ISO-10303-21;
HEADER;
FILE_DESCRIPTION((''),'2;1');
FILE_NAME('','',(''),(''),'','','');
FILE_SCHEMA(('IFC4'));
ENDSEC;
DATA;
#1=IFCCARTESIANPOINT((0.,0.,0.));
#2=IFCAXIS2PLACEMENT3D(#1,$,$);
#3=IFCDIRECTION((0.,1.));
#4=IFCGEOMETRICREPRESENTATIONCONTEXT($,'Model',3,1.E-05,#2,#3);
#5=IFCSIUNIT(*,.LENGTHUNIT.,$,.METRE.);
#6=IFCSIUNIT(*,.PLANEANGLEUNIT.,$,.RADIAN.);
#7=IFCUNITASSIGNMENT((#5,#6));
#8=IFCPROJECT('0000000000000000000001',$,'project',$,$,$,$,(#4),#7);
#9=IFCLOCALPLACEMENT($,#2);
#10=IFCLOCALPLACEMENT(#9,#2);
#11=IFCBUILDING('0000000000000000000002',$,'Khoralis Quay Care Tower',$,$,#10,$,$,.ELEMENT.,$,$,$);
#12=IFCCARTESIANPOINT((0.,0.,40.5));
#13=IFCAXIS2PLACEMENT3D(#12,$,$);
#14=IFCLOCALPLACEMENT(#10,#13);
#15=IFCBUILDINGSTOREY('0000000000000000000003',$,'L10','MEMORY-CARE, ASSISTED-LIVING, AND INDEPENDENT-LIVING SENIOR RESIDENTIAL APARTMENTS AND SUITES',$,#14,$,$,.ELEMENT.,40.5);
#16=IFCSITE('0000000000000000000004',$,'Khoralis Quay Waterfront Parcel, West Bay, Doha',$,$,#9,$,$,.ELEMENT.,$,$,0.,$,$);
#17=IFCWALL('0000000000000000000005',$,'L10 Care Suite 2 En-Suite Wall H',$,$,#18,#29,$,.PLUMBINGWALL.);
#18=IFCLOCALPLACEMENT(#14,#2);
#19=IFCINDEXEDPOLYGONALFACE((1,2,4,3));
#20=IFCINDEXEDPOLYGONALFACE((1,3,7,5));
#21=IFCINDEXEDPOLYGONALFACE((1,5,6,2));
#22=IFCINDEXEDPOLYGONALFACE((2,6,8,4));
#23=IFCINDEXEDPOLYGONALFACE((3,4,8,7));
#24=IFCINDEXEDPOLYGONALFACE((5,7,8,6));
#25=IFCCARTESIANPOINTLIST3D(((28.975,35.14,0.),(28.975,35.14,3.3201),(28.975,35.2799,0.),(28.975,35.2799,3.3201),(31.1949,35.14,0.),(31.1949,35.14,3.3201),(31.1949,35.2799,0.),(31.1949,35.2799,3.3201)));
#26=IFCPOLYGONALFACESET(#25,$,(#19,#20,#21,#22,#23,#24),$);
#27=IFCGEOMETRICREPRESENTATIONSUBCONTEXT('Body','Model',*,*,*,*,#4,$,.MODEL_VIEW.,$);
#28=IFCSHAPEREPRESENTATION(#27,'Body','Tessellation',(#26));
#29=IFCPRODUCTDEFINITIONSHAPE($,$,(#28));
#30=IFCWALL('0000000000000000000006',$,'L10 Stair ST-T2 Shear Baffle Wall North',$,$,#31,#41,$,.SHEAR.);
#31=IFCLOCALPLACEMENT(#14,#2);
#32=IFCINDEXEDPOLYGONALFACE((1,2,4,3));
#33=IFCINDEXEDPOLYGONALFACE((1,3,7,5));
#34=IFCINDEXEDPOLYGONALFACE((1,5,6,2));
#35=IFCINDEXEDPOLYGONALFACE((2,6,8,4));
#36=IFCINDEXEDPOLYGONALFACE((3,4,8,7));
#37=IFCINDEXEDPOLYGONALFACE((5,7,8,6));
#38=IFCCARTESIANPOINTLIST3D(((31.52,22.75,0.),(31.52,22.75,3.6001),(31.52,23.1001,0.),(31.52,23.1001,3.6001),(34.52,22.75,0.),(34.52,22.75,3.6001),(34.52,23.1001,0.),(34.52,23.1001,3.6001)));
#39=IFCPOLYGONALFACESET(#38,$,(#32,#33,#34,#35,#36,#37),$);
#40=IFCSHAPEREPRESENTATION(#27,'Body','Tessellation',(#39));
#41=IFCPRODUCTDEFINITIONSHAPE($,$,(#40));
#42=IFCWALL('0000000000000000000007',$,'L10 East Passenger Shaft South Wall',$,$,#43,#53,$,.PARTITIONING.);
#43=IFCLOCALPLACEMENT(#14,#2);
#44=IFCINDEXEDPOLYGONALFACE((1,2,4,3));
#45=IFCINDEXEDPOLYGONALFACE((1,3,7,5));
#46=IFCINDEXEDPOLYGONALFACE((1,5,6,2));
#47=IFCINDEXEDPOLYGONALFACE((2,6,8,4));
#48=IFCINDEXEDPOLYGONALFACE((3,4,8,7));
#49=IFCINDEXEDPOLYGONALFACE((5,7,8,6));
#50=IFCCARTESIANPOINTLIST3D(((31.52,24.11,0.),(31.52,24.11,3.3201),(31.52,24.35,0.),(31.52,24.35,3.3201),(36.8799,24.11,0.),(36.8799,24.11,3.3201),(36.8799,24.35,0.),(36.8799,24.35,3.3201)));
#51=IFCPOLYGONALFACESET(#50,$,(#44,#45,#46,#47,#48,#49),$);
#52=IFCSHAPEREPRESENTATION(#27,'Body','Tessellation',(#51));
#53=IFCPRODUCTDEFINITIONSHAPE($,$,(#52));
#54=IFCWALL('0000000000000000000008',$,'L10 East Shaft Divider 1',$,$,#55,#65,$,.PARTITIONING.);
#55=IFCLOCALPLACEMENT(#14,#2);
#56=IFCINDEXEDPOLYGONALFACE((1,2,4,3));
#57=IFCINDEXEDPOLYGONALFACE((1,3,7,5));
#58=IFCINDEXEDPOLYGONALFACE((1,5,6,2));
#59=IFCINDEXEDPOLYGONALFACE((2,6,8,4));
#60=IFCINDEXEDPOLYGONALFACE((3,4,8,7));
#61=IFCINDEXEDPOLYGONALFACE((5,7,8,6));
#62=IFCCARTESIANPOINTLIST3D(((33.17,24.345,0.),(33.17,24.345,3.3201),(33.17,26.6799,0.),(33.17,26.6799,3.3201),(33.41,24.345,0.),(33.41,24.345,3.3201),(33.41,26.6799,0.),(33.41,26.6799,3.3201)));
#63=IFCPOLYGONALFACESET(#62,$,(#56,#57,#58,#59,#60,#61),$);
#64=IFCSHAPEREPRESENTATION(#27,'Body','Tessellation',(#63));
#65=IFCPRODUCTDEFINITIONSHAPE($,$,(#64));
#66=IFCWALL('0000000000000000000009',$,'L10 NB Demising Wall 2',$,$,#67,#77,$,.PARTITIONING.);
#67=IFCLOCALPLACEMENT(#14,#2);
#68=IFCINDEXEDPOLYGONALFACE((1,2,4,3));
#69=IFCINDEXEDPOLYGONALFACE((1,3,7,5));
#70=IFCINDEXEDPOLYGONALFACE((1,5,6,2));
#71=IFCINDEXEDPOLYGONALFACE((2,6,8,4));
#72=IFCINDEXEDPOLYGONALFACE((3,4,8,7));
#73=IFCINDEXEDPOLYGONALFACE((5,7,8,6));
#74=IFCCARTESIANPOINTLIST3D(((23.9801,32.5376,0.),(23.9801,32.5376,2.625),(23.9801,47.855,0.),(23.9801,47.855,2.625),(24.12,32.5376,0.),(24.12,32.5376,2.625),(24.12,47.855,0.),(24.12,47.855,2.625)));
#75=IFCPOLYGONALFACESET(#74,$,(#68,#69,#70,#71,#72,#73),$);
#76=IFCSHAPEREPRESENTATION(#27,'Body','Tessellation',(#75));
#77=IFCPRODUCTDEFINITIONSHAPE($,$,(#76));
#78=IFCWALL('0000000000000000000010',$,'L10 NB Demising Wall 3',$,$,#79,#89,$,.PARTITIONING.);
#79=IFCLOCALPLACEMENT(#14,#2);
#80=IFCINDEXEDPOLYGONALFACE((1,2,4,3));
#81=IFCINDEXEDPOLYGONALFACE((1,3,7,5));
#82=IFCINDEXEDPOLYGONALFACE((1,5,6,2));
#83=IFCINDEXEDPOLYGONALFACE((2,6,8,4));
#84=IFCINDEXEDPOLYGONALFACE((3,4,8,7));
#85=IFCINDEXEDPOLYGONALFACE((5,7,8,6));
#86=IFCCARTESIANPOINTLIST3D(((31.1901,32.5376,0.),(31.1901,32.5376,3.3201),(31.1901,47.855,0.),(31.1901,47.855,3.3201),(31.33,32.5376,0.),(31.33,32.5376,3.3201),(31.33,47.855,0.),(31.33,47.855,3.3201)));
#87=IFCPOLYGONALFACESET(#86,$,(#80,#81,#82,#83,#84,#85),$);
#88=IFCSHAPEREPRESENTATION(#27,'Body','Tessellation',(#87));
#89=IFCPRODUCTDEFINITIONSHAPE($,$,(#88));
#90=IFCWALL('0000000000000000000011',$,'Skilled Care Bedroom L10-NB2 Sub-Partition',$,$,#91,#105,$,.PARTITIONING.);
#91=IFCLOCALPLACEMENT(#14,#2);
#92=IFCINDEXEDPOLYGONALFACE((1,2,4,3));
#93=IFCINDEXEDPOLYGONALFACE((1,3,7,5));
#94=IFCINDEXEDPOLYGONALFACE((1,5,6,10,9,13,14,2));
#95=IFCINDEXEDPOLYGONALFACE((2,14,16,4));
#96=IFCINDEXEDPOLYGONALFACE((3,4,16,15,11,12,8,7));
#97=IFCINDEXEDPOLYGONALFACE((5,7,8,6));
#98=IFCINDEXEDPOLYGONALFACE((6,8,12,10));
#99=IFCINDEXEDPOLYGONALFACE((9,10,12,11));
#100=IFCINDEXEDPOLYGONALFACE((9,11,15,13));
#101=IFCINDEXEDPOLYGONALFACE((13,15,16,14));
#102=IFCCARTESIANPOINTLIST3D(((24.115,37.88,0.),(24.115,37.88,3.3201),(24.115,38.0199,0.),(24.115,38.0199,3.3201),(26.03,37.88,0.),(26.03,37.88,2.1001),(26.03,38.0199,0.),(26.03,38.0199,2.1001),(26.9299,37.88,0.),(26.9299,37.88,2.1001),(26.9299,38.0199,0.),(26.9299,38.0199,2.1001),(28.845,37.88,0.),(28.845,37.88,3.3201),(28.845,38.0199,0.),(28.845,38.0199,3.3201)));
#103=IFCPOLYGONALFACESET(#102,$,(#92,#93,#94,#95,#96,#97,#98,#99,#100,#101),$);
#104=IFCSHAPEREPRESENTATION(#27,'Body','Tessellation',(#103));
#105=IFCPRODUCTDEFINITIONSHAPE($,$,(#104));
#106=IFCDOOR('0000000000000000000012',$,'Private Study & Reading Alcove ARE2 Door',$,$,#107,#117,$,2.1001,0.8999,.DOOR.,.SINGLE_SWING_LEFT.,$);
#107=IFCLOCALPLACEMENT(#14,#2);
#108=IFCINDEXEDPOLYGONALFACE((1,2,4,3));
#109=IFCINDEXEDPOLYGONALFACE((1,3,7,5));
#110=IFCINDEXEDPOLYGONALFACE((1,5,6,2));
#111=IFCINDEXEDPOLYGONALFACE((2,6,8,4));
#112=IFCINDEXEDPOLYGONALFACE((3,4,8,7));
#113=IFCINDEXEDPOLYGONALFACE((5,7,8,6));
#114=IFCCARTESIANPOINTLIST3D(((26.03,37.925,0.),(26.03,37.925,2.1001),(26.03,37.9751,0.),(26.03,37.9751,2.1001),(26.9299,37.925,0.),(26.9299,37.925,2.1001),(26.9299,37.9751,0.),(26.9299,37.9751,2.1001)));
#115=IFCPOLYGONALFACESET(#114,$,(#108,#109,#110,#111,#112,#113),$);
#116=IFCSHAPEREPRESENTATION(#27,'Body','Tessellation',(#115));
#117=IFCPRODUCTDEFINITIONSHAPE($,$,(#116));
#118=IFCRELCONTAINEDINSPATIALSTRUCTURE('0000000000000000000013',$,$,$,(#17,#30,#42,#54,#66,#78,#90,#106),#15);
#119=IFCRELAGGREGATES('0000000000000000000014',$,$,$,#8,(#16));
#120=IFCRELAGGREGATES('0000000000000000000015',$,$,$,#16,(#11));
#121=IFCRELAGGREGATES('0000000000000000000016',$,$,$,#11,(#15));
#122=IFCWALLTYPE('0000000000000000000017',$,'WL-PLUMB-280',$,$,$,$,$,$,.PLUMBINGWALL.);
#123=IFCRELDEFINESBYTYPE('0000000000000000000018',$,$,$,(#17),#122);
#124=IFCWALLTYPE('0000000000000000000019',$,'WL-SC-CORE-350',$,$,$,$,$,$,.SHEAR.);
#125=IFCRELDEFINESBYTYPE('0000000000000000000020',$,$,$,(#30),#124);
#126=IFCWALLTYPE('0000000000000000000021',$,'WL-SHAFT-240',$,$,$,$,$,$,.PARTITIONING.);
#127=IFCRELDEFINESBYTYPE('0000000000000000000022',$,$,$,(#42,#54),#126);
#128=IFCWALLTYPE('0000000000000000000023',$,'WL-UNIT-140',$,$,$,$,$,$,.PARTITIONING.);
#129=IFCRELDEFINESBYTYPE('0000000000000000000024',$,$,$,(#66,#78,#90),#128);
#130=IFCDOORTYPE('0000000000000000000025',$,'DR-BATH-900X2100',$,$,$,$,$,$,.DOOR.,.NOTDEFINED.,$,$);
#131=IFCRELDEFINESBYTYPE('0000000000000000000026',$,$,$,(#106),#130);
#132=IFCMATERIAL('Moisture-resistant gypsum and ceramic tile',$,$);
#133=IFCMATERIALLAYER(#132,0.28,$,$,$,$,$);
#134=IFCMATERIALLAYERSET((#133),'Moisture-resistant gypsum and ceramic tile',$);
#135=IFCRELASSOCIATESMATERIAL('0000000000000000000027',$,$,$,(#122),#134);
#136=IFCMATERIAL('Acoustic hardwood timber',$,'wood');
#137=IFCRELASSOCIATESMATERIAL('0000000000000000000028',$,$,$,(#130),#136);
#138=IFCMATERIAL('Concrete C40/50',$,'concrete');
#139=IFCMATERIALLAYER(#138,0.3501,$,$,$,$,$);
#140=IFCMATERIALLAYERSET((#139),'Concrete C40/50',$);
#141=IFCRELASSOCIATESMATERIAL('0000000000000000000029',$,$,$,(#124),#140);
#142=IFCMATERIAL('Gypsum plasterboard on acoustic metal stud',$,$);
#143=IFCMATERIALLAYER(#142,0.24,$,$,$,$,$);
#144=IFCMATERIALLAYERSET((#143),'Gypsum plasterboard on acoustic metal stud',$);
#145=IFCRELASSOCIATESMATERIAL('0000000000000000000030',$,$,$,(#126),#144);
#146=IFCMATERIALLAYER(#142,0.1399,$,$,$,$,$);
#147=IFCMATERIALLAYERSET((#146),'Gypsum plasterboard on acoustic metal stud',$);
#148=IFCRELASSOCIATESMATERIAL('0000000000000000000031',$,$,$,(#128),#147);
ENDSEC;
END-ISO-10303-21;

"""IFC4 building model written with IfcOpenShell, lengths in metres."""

from ifc_helpers import new_model, si_unit, direction, frame, frame_2d, origin, place, context, subcontext, project, spatial, rectangle, extrude, source, transform, mapped, material, layer, layer_set, type_object, element, fill, save


model = new_model("IFC4")

# Units and contexts
model_context = context("Model", 3, precision=1e-05, world=origin(), true_north=direction((0.0, 1.0)))
body_context = subcontext(model_context, "Body", "Model", "MODEL_VIEW")
ifc_project = project(units=[si_unit("LENGTHUNIT", "METRE"), si_unit("PLANEANGLEUNIT", "RADIAN")], contexts=[model_context])

# Site, building, storey
site_placement = place(None, origin())
site = spatial("IfcSite", under=ifc_project, at=site_placement, Name="Khoralis Quay Waterfront Parcel, West Bay, Doha", CompositionType="ELEMENT", RefElevation=0.0)
building_placement = place(site_placement, origin())
building = spatial("IfcBuilding", under=site, at=building_placement, Name="Khoralis Quay Care Tower", CompositionType="ELEMENT")
storey_placement = place(building_placement, frame((0.0, 0.0, 40.5)))
storey = spatial("IfcBuildingStorey", under=building, at=storey_placement, Name="L10", Description="MEMORY-CARE, ASSISTED-LIVING, AND INDEPENDENT-LIVING SENIOR RESIDENTIAL APARTMENTS AND SUITES", CompositionType="ELEMENT", Elevation=40.5)

# Shared definitions
ifc_material_1 = material(Name="Gypsum plasterboard on acoustic metal stud")

# Shared definitions
ifc_material_2 = material(Name="Moisture-resistant gypsum and ceramic tile")
ifc_layer_1 = layer(ifc_material_2, 0.28)
ifc_layer_set_1 = layer_set([ifc_layer_1], Name="Moisture-resistant gypsum and ceramic tile")
wall_type_1 = type_object("IfcWallType", Name="WL-PLUMB-280", PredefinedType="PLUMBINGWALL", material=ifc_layer_set_1)
ifc_material_3 = material(Name="Acoustic hardwood timber", Category="wood")
door_type_1 = type_object("IfcDoorType", Name="DR-BATH-900X2100", OperationType="NOTDEFINED", PredefinedType="DOOR", material=ifc_material_3)
shared_shape_1 = source(origin(), body_context, "Body", "SweptSolid", [
    extrude(rectangle(XDim=0.8999, YDim=2.1001, at=frame_2d((0.45, 1.05))), frame((0.0, 0.0249, 0.0), z_axis=(0.0, -1.0, 0.0), x_axis=(1.0, 0.0, 0.0)), (0.0, 0.0, 1.0), 0.05),
])

# Walls
wall_1_placement = place(storey_placement, frame((28.9751, 35.21, 0.0), z_axis=(0.0, 0.0, 1.0), x_axis=(1.0, 0.0, 0.0)))
element("IfcWall", 1, at=wall_1_placement, inside=storey, type_object=wall_type_1, Name="L10 Care Suite 2 En-Suite Wall H", PredefinedType="PLUMBINGWALL", context=body_context, shape_type="SweptSolid", body=[
    extrude(rectangle(XDim=2.22, YDim=0.1399, at=frame_2d((1.1099, 0.0))), origin(), (0.0, 0.0, 1.0), 3.3201),
])
ifc_material_4 = material(Name="Concrete C40/50", Category="concrete")
ifc_layer_2 = layer(ifc_material_4, 0.3501)
ifc_layer_set_2 = layer_set([ifc_layer_2], Name="Concrete C40/50")
wall_type_2 = type_object("IfcWallType", Name="WL-SC-CORE-350", PredefinedType="SHEAR", material=ifc_layer_set_2)
wall_2_placement = place(storey_placement, frame((31.52, 22.925, 0.0), z_axis=(0.0, 0.0, 1.0), x_axis=(1.0, 0.0, 0.0)))
element("IfcWall", 2, at=wall_2_placement, inside=storey, type_object=wall_type_2, Name="L10 Stair ST-T2 Shear Baffle Wall North", PredefinedType="SHEAR", context=body_context, shape_type="SweptSolid", body=[
    extrude(rectangle(XDim=3.0, YDim=0.3501, at=frame_2d((1.5, 0.0))), origin(), (0.0, 0.0, 1.0), 3.6001),
])
ifc_layer_3 = layer(ifc_material_1, 0.24)
ifc_layer_set_3 = layer_set([ifc_layer_3], Name="Gypsum plasterboard on acoustic metal stud")
wall_type_3 = type_object("IfcWallType", Name="WL-SHAFT-240", PredefinedType="PARTITIONING", material=ifc_layer_set_3)
wall_3_placement = place(storey_placement, frame((31.52, 24.23, 0.0), z_axis=(0.0, 0.0, 1.0), x_axis=(1.0, 0.0, 0.0)))
element("IfcWall", 3, at=wall_3_placement, inside=storey, type_object=wall_type_3, Name="L10 East Passenger Shaft South Wall", PredefinedType="PARTITIONING", context=body_context, shape_type="SweptSolid", body=[
    extrude(rectangle(XDim=5.3599, YDim=0.24, at=frame_2d((2.6799, 0.0))), origin(), (0.0, 0.0, 1.0), 3.3201),
])
wall_4_placement = place(storey_placement, frame((33.29, 24.345, 0.0), z_axis=(0.0, 0.0, 1.0), x_axis=(0.0, 1.0, 0.0)))
element("IfcWall", 4, at=wall_4_placement, inside=storey, type_object=wall_type_3, Name="L10 East Shaft Divider 1", PredefinedType="PARTITIONING", context=body_context, shape_type="SweptSolid", body=[
    extrude(rectangle(XDim=2.335, YDim=0.24, at=frame_2d((1.1675, 0.0))), origin(), (0.0, 0.0, 1.0), 3.3201),
])
ifc_layer_4 = layer(ifc_material_1, 0.1399)
ifc_layer_set_4 = layer_set([ifc_layer_4], Name="Gypsum plasterboard on acoustic metal stud")
wall_type_4 = type_object("IfcWallType", Name="WL-UNIT-140", PredefinedType="PARTITIONING", material=ifc_layer_set_4)
wall_5_placement = place(storey_placement, frame((24.05, 32.5376, 0.0), z_axis=(0.0, 0.0, 1.0), x_axis=(0.0, 1.0, 0.0)))
element("IfcWall", 5, at=wall_5_placement, inside=storey, type_object=wall_type_4, Name="L10 NB Demising Wall 2", PredefinedType="PARTITIONING", context=body_context, shape_type="SweptSolid", body=[
    extrude(rectangle(XDim=15.3174, YDim=0.1399, at=frame_2d((7.6587, 0.0))), origin(), (0.0, 0.0, 1.0), 2.625),
])
wall_6_placement = place(storey_placement, frame((31.26, 32.5376, 0.0), z_axis=(0.0, 0.0, 1.0), x_axis=(0.0, 1.0, 0.0)))
element("IfcWall", 6, at=wall_6_placement, inside=storey, type_object=wall_type_4, Name="L10 NB Demising Wall 3", PredefinedType="PARTITIONING", context=body_context, shape_type="SweptSolid", body=[
    extrude(rectangle(XDim=15.3174, YDim=0.1399, at=frame_2d((7.6587, 0.0))), origin(), (0.0, 0.0, 1.0), 3.3201),
])

# Wall, opening, door
wall_7_placement = place(storey_placement, frame((24.115, 37.95, 0.0), z_axis=(0.0, 0.0, 1.0), x_axis=(1.0, 0.0, 0.0)))
wall_7 = element("IfcWall", 7, at=wall_7_placement, inside=storey, type_object=wall_type_4, Name="Skilled Care Bedroom L10-NB2 Sub-Partition", PredefinedType="PARTITIONING", context=body_context, shape_type="SweptSolid", body=[
    extrude(rectangle(XDim=4.73, YDim=0.1399, at=frame_2d((2.365, 0.0))), origin(), (0.0, 0.0, 1.0), 3.3201),
])
opening_1_placement = place(wall_7_placement, frame((1.915, 0.0, 0.0)))
opening_1 = element("IfcOpeningElement", 8, at=opening_1_placement, cuts=wall_7, PredefinedType="OPENING", context=body_context, shape_type="SweptSolid", body=[
    extrude(rectangle(XDim=0.8999, YDim=2.1001, at=frame_2d((0.45, 1.05))), frame((0.0, 0.0801, 0.0), z_axis=(0.0, -1.0, 0.0), x_axis=(1.0, 0.0, 0.0)), (0.0, 0.0, 1.0), 0.1599),
])
door_1_placement = place(opening_1_placement, frame((0.8999, 0.0, 0.0), z_axis=(0.0, 0.0, 1.0), x_axis=(-1.0, 0.0, 0.0)))
door_1 = element("IfcDoor", 9, at=door_1_placement, inside=storey, type_object=door_type_1, Name="Private Study & Reading Alcove ARE2 Door", OperationType="SINGLE_SWING_LEFT", OverallHeight=2.1001, OverallWidth=0.8999, PredefinedType="DOOR", context=body_context, shape_type="MappedRepresentation", body=[
    mapped(shared_shape_1, transform((0.0, 0.0, 0.0), scale=1.0)),
])
fill(opening_1, door_1)

save(model, "model.ifc")
